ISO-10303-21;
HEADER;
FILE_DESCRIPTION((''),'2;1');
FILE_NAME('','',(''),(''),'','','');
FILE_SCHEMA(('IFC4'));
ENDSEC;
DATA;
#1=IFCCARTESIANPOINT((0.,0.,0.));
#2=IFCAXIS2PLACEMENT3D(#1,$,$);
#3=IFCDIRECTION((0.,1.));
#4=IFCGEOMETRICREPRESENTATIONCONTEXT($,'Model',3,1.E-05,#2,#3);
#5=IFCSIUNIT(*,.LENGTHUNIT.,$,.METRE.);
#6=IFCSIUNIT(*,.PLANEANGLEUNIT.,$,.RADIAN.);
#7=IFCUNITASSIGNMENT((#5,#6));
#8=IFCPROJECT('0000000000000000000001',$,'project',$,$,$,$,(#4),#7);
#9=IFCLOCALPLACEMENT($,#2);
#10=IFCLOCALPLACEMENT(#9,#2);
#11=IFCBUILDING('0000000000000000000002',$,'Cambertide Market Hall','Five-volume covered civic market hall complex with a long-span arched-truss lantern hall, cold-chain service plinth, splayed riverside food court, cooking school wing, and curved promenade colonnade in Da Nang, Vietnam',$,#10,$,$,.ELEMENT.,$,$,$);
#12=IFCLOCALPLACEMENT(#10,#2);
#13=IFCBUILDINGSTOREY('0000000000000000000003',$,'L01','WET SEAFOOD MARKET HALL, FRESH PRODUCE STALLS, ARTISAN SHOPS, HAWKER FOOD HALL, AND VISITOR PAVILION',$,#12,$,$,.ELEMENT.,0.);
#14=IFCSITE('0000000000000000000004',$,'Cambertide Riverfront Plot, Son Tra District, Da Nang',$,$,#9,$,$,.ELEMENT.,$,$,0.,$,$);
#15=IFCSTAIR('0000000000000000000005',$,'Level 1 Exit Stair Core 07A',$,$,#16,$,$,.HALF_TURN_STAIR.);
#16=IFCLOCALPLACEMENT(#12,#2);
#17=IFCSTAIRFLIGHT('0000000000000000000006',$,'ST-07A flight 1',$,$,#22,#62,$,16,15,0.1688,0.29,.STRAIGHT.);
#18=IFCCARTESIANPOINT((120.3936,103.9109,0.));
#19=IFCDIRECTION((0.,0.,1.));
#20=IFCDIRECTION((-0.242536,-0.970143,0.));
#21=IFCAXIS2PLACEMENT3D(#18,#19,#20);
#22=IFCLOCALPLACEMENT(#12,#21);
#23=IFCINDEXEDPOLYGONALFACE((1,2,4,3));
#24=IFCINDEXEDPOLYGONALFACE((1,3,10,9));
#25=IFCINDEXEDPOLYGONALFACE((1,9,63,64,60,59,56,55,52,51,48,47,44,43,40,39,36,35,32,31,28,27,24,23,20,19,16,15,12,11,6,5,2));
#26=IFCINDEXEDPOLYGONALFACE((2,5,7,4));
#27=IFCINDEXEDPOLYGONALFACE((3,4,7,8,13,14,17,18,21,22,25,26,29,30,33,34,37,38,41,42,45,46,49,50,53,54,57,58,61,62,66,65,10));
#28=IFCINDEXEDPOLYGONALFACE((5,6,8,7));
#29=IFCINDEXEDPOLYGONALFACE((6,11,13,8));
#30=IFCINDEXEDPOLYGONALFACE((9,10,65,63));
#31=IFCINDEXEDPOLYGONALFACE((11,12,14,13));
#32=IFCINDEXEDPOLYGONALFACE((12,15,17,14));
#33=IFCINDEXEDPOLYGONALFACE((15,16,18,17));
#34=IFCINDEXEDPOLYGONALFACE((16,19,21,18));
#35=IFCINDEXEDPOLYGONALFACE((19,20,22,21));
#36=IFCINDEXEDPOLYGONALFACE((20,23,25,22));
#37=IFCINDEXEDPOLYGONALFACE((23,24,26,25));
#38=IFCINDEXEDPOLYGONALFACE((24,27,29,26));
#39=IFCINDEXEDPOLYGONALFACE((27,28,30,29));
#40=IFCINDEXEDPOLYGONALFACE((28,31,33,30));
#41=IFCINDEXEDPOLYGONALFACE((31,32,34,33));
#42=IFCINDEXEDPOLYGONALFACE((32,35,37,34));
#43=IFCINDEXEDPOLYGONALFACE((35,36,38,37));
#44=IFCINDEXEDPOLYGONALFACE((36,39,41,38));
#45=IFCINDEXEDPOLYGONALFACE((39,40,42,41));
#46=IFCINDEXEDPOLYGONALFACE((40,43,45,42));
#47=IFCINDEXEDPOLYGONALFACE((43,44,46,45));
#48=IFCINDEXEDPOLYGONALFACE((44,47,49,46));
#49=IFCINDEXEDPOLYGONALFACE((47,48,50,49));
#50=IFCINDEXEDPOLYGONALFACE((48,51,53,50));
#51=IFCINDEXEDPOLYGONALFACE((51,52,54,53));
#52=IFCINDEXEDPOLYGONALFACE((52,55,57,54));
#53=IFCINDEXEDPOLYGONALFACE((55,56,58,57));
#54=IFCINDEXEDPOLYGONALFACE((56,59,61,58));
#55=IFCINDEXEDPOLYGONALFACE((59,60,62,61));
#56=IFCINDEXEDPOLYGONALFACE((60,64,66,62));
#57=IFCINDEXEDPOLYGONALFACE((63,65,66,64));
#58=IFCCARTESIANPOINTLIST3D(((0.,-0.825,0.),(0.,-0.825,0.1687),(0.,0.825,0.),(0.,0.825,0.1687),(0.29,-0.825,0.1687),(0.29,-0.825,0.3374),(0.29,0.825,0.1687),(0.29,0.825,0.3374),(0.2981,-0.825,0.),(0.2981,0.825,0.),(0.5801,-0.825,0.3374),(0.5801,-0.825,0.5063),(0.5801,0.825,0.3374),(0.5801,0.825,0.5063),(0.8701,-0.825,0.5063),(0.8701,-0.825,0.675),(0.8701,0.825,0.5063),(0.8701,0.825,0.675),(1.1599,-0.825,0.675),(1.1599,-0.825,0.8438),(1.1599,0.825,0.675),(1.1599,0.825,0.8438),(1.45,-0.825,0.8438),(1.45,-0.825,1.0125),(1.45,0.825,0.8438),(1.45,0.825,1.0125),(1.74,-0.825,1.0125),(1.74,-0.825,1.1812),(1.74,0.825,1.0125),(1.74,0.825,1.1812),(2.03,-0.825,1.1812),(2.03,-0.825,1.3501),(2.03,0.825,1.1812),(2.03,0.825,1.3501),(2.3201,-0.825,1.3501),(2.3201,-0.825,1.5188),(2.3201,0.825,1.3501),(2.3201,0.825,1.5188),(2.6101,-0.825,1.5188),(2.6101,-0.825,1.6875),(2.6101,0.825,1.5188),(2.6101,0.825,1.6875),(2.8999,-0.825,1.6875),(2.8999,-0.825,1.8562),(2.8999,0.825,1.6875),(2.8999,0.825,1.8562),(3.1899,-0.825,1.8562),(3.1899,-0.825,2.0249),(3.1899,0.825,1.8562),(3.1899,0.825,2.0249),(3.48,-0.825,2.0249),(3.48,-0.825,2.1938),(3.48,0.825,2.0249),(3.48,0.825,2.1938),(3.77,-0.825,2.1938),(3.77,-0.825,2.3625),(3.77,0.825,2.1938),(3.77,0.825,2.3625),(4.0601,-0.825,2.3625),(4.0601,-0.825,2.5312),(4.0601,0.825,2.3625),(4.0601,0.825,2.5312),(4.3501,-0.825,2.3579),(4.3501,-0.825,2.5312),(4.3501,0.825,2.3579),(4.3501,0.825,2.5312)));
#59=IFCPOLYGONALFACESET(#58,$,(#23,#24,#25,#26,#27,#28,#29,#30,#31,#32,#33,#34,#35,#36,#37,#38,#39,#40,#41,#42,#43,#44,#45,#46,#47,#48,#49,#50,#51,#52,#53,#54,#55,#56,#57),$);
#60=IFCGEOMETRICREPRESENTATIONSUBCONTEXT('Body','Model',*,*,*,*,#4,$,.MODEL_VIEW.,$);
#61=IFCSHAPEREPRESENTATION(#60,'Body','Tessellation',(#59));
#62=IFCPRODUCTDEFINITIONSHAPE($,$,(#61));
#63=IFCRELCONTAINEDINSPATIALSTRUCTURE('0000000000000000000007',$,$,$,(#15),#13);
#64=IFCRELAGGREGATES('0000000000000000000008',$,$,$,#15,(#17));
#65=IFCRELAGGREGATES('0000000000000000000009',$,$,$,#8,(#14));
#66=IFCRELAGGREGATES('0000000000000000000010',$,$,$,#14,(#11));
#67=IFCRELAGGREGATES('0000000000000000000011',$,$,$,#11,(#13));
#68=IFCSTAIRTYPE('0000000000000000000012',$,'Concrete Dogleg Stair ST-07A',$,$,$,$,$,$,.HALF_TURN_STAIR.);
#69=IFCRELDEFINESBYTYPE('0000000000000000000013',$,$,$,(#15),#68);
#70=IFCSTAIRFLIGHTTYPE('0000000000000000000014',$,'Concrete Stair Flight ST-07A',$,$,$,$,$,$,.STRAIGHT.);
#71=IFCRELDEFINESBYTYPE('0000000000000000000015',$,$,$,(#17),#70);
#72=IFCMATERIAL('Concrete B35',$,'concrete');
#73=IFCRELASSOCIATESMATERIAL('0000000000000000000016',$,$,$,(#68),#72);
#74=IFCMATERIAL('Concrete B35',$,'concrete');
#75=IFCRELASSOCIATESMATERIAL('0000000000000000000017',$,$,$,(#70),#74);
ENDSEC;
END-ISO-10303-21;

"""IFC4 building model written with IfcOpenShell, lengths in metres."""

from ifc_helpers import new_model, si_unit, direction, frame, origin, place, context, subcontext, project, spatial, polyline, outline, extrude, material, type_object, element, aggregate, save


model = new_model("IFC4")

# Units and contexts
model_context = context("Model", 3, precision=1e-05, world=origin(), true_north=direction((0.0, 1.0)))
body_context = subcontext(model_context, "Body", "Model", "MODEL_VIEW")
ifc_project = project(units=[si_unit("LENGTHUNIT", "METRE"), si_unit("PLANEANGLEUNIT", "RADIAN")], contexts=[model_context])

# Site, building, storey
site_placement = place(None, origin())
site = spatial("IfcSite", under=ifc_project, at=site_placement, Name="Cambertide Riverfront Plot, Son Tra District, Da Nang", CompositionType="ELEMENT", RefElevation=0.0)
building_placement = place(site_placement, origin())
building = spatial("IfcBuilding", under=site, at=building_placement, Name="Cambertide Market Hall", Description="Five-volume covered civic market hall complex with a long-span arched-truss lantern hall, cold-chain service plinth, splayed riverside food court, cooking school wing, and curved promenade colonnade in Da Nang, Vietnam", CompositionType="ELEMENT")
storey_placement = place(building_placement, origin())
storey = spatial("IfcBuildingStorey", under=building, at=storey_placement, Name="L01", Description="WET SEAFOOD MARKET HALL, FRESH PRODUCE STALLS, ARTISAN SHOPS, HAWKER FOOD HALL, AND VISITOR PAVILION", CompositionType="ELEMENT", Elevation=0.0)

# Stair, stair flight
ifc_material_1 = material(Name="Concrete B35", Category="concrete")
stair_type = type_object("IfcStairType", Name="Concrete Dogleg Stair ST-07A", PredefinedType="HALF_TURN_STAIR", material=ifc_material_1)
stair_placement = place(storey_placement, origin())
stair = element("IfcStair", 1, at=stair_placement, inside=storey, type_object=stair_type, Name="Level 1 Exit Stair Core 07A", PredefinedType="HALF_TURN_STAIR")
ifc_material_2 = material(Name="Concrete B35", Category="concrete")
stair_flight_type = type_object("IfcStairFlightType", Name="Concrete Stair Flight ST-07A", PredefinedType="STRAIGHT", material=ifc_material_2)
stair_flight_placement = place(storey_placement, frame((120.3936, 103.9109, 0.0), z_axis=(0.0, 0.0, 1.0), x_axis=(-0.242536, -0.970143, 0.0)))
stair_flight = element("IfcStairFlight", 2, at=stair_flight_placement, type_object=stair_flight_type, Name="ST-07A flight 1", NumberOfRisers=16, NumberOfTreads=15, PredefinedType="STRAIGHT", RiserHeight=0.1688, TreadLength=0.29, context=body_context, shape_type="SweptSolid", body=[
    extrude(outline(polyline([(0.0, 0.0), (0.0, 0.1687), (0.29, 0.1687), (0.29, 0.3374), (0.5801, 0.3374), (0.5801, 0.5063), (0.8701, 0.5063), (0.8701, 0.675), (1.1599, 0.675), (1.1599, 0.8438), (1.45, 0.8438), (1.45, 1.0125), (1.74, 1.0125), (1.74, 1.1812), (2.03, 1.1812), (2.03, 1.3501), (2.3201, 1.3501), (2.3201, 1.5188), (2.6101, 1.5188), (2.6101, 1.6875), (2.8999, 1.6875), (2.8999, 1.8562), (3.1899, 1.8562), (3.1899, 2.0249), (3.48, 2.0249), (3.48, 2.1938), (3.77, 2.1938), (3.77, 2.3625), (4.0601, 2.3625), (4.0601, 2.5312), (4.3501, 2.5312), (4.3501, 2.7), (4.3501, 2.3579), (0.2981, 0.0), (0.0, 0.0)])), frame((0.0, 0.825, 0.0), z_axis=(0.0, -1.0, 0.0), x_axis=(1.0, 0.0, 0.0)), (0.0, 0.0, 1.0), 1.6499),
])
aggregate(stair, [stair_flight])

save(model, "model.ifc")
